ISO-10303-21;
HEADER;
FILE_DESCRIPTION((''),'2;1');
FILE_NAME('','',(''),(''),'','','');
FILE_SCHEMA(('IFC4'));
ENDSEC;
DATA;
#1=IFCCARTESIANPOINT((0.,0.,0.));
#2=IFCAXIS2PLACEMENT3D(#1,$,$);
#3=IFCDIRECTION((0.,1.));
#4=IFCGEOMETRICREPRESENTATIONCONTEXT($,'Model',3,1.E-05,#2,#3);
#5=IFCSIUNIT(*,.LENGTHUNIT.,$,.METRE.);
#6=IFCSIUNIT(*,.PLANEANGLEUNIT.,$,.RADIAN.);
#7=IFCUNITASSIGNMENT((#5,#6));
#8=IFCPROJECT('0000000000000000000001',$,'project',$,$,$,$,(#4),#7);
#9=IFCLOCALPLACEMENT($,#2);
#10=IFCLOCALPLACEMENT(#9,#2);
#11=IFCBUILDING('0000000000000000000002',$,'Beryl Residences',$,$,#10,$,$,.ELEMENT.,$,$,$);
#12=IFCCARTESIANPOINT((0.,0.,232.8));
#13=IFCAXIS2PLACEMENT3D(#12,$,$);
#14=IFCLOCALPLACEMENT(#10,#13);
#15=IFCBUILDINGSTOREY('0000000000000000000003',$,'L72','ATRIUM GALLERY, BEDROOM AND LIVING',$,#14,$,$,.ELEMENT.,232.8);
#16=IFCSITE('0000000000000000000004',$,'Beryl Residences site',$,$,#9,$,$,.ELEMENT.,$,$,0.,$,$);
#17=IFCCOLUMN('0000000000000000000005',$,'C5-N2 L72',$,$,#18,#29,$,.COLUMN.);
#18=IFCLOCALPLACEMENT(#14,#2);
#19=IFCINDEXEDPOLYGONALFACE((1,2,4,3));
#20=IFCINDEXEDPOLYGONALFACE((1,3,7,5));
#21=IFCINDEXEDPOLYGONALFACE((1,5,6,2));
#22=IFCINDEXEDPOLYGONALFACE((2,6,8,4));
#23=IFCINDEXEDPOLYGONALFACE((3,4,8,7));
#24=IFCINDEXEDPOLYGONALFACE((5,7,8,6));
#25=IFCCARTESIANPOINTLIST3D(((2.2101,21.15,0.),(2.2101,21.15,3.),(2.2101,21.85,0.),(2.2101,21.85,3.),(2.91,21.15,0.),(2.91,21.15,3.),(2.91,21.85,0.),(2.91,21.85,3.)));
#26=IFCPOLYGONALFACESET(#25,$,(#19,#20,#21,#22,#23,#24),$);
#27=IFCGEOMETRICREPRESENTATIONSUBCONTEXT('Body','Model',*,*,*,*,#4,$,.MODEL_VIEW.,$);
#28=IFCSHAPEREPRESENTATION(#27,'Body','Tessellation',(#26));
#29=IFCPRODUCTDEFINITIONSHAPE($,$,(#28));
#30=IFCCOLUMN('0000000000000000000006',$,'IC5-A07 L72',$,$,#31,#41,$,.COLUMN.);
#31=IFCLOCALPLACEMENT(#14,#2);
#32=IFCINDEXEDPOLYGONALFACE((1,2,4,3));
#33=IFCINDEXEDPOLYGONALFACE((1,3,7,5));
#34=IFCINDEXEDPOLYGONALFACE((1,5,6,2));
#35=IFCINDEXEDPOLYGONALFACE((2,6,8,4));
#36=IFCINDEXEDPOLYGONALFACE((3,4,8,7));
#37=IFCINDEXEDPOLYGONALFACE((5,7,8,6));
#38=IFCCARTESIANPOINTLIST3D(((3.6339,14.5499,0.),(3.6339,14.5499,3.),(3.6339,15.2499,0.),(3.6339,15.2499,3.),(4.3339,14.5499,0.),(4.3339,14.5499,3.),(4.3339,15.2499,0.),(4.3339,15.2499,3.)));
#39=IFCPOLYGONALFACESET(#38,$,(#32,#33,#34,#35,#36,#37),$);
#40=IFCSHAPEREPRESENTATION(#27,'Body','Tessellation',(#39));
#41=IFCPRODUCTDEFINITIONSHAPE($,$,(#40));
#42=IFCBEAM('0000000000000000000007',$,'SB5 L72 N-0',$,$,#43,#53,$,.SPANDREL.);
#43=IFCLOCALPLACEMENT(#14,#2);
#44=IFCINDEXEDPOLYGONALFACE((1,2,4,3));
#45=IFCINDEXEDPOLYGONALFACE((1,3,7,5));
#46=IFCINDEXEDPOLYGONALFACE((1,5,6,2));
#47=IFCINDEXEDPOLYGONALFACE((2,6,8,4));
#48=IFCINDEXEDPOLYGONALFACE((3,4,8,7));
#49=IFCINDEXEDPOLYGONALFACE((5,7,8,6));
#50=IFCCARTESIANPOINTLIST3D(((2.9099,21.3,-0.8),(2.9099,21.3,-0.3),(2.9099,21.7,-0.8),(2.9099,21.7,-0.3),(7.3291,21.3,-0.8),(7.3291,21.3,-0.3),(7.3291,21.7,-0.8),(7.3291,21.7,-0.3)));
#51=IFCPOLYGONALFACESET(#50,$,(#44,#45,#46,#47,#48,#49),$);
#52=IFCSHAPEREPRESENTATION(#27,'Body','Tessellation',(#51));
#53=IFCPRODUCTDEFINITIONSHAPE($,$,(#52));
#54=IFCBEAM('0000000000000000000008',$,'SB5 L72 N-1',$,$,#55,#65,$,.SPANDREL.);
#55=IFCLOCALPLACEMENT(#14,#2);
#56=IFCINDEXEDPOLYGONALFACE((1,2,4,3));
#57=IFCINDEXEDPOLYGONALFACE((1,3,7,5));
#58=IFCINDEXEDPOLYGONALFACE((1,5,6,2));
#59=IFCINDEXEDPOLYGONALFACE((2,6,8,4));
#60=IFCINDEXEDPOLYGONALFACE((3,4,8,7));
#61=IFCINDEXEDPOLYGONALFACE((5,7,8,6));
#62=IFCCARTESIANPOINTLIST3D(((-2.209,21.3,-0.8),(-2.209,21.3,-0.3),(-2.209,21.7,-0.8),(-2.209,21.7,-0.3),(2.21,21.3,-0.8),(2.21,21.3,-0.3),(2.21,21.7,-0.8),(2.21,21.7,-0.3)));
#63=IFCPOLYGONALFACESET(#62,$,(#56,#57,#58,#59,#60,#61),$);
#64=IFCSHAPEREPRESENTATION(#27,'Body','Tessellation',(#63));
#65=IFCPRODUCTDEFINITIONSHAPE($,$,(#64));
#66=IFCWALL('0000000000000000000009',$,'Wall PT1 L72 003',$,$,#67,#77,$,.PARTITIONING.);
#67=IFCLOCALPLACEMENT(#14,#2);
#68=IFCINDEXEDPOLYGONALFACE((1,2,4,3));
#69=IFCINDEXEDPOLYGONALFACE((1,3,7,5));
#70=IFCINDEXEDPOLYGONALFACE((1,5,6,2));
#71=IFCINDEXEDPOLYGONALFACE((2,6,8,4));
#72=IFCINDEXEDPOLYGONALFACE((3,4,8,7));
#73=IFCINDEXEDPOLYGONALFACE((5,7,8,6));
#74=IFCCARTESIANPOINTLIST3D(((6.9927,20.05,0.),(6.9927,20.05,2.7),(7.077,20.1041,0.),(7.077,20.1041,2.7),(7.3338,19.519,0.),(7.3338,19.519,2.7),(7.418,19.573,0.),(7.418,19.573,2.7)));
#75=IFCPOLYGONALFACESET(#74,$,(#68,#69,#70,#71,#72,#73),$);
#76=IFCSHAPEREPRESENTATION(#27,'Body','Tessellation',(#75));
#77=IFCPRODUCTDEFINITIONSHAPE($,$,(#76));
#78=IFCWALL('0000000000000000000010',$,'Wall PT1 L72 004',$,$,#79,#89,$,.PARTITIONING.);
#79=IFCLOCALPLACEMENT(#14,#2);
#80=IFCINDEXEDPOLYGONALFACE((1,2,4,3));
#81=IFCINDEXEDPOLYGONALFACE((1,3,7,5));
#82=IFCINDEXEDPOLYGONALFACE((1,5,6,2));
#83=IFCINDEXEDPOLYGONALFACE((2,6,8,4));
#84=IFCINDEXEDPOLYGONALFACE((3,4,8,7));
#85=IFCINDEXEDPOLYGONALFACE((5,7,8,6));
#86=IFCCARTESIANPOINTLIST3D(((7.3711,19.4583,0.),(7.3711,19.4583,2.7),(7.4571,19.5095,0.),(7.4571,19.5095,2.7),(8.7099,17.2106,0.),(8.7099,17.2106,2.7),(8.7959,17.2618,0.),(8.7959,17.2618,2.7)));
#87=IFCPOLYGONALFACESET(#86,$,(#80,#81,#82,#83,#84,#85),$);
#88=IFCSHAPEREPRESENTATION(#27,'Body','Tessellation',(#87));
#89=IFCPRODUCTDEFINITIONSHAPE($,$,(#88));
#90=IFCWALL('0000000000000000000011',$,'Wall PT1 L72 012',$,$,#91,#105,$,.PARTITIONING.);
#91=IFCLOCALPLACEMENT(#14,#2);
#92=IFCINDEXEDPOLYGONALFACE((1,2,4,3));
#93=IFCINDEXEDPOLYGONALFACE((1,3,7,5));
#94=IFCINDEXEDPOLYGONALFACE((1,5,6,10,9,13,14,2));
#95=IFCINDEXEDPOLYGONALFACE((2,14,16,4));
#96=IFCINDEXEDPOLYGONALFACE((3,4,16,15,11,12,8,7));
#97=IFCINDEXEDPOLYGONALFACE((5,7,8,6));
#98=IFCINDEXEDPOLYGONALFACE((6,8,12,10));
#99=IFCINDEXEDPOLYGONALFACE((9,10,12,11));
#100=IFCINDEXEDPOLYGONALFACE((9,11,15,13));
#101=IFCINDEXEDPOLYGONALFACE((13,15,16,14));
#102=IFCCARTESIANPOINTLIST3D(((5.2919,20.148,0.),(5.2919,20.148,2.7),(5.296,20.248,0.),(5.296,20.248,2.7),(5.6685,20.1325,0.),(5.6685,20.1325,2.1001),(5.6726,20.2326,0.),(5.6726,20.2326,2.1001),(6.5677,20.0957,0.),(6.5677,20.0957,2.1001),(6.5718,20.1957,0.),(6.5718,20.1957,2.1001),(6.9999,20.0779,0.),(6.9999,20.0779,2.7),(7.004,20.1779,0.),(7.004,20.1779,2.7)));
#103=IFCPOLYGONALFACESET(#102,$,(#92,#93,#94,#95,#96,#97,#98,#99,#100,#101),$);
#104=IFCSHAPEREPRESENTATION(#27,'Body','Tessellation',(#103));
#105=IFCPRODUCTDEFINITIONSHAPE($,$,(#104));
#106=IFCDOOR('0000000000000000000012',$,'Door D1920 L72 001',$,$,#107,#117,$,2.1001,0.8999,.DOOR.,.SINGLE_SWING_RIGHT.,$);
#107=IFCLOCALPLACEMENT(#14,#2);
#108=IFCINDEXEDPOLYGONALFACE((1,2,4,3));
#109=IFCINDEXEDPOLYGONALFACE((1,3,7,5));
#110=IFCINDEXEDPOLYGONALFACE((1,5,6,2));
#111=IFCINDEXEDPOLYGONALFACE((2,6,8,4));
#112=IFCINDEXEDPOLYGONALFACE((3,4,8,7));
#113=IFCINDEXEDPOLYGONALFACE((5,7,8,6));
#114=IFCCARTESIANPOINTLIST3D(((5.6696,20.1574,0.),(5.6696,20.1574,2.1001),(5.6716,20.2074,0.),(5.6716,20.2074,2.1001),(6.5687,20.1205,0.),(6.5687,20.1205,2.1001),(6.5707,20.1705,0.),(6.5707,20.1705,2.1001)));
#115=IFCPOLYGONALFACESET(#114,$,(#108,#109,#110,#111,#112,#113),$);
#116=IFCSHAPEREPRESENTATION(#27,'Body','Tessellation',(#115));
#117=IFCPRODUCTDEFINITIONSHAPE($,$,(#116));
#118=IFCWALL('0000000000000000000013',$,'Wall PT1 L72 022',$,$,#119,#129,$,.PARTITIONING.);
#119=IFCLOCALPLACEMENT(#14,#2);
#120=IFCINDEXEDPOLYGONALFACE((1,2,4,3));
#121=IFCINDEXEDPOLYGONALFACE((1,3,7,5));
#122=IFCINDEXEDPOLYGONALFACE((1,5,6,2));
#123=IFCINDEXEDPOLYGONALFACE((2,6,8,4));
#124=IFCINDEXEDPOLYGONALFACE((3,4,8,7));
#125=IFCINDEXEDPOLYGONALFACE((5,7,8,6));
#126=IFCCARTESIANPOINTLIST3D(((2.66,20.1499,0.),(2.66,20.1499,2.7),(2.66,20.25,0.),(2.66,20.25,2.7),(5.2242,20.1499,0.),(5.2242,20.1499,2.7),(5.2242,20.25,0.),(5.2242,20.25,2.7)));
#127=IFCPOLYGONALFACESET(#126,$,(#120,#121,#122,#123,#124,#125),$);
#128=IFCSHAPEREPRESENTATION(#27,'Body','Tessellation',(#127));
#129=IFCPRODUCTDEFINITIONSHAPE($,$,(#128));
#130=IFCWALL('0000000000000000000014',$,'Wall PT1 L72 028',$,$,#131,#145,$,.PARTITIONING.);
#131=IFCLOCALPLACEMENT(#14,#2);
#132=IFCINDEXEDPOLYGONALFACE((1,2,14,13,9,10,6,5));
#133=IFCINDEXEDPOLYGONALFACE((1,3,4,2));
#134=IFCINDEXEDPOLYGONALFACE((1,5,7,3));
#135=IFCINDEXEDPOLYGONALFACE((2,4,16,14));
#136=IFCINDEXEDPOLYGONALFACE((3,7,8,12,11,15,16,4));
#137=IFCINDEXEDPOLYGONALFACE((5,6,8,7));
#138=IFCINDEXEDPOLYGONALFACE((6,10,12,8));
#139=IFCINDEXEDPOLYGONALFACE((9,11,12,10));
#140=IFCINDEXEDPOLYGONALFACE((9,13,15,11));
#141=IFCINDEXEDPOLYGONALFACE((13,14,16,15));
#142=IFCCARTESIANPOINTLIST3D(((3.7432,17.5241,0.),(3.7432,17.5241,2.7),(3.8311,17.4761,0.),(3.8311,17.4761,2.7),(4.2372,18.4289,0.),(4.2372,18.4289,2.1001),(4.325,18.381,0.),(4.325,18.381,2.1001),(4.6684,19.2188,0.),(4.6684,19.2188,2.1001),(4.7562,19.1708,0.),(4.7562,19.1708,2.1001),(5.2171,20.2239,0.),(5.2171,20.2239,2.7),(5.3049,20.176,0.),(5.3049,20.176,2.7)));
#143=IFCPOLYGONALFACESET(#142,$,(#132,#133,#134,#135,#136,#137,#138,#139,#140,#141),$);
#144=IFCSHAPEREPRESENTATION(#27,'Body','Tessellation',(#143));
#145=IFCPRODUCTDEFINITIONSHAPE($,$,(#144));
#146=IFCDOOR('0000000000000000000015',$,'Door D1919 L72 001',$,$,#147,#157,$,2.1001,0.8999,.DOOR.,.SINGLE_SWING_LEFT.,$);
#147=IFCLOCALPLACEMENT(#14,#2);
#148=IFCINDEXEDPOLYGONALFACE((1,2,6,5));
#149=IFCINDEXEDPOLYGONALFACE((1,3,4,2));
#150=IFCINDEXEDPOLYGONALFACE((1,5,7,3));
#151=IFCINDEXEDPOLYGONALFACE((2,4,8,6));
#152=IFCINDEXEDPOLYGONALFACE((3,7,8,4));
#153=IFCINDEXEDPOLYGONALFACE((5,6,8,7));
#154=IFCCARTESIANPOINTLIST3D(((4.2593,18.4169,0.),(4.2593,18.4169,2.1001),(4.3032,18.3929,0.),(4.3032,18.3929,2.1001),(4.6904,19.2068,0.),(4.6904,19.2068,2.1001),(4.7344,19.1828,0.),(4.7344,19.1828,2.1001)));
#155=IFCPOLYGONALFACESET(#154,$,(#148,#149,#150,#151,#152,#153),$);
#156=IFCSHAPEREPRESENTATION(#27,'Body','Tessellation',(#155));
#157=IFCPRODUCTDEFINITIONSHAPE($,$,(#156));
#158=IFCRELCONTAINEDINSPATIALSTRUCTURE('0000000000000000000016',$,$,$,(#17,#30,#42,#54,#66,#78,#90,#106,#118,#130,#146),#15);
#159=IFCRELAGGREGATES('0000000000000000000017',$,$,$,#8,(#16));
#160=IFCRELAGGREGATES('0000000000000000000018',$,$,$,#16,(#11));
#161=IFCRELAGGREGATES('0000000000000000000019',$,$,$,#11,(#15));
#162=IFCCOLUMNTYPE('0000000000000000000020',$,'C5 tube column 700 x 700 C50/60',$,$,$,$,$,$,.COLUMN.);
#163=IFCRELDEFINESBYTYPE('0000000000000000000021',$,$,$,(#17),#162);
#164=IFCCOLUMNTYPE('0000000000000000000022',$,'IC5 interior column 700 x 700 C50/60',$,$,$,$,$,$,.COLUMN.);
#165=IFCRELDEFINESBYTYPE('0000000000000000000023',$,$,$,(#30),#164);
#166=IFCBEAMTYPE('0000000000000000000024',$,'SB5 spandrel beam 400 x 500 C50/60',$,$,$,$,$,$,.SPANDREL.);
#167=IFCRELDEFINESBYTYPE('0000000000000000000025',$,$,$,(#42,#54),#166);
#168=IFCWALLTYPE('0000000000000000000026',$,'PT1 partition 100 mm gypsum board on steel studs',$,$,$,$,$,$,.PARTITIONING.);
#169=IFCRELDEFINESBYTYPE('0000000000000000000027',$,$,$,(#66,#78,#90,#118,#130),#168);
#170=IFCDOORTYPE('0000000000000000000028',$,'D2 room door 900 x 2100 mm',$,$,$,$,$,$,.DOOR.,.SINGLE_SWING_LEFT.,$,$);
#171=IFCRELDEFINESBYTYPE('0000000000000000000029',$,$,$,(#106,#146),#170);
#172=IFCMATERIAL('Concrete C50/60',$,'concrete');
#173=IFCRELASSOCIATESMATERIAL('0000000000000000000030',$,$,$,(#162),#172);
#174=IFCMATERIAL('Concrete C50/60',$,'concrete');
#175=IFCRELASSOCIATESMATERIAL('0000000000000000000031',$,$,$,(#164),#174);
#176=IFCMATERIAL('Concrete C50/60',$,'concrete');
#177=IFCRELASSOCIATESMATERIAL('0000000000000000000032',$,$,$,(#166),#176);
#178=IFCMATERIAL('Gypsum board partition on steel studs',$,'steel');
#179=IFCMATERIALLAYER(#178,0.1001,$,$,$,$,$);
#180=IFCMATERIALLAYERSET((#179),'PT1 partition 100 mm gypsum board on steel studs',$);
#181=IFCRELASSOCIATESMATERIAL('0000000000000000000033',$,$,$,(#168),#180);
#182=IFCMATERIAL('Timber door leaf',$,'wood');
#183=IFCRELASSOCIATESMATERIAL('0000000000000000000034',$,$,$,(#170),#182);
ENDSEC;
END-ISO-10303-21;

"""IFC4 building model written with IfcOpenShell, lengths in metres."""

from ifc_helpers import new_model, si_unit, direction, frame, frame_2d, origin, origin_2d, place, context, subcontext, project, spatial, rectangle, extrude, material, layer, layer_set, material_profile, profile_set, type_object, element, fill, save


model = new_model("IFC4")

# Units and contexts
model_context = context("Model", 3, precision=1e-05, world=origin(), true_north=direction((0.0, 1.0)))
body_context = subcontext(model_context, "Body", "Model", "MODEL_VIEW")
ifc_project = project(units=[si_unit("LENGTHUNIT", "METRE"), si_unit("PLANEANGLEUNIT", "RADIAN")], contexts=[model_context])

# Site, building, storey
site_placement = place(None, origin())
site = spatial("IfcSite", under=ifc_project, at=site_placement, Name="Beryl Residences site", CompositionType="ELEMENT", RefElevation=0.0)
building_placement = place(site_placement, origin())
building = spatial("IfcBuilding", under=site, at=building_placement, Name="Beryl Residences", CompositionType="ELEMENT")
storey_placement = place(building_placement, frame((0.0, 0.0, 232.8)))
storey = spatial("IfcBuildingStorey", under=building, at=storey_placement, Name="L72", Description="ATRIUM GALLERY, BEDROOM AND LIVING", CompositionType="ELEMENT", Elevation=232.8)

# Columns
ifc_material_1 = material(Name="Concrete C50/60", Category="concrete")
ifc_material_profile_1 = material_profile(ifc_material_1, rectangle(XDim=0.7, YDim=0.7, at=origin_2d()))
ifc_profile_set_1 = profile_set([ifc_material_profile_1], Name="Concrete C50/60")
column_type_1 = type_object("IfcColumnType", Name="C5 tube column 700 x 700 C50/60", PredefinedType="COLUMN", material=ifc_profile_set_1)
column_1_placement = place(storey_placement, frame((2.5601, 21.5, 0.0), z_axis=(0.0, 0.0, 1.0), x_axis=(-1.0, 0.0, 0.0)))
element("IfcColumn", 1, at=column_1_placement, inside=storey, type_object=column_type_1, Name="C5-N2 L72", PredefinedType="COLUMN", context=body_context, shape_type="SweptSolid", body=[
    extrude(rectangle(XDim=0.7, YDim=0.7, at=origin_2d()), origin(), (0.0, 0.0, 1.0), 3.0),
])
ifc_material_2 = material(Name="Concrete C50/60", Category="concrete")
ifc_material_profile_2 = material_profile(ifc_material_2, rectangle(XDim=0.7, YDim=0.7, at=origin_2d()))
ifc_profile_set_2 = profile_set([ifc_material_profile_2], Name="Concrete C50/60")
column_type_2 = type_object("IfcColumnType", Name="IC5 interior column 700 x 700 C50/60", PredefinedType="COLUMN", material=ifc_profile_set_2)
column_2_placement = place(storey_placement, frame((3.9839, 14.8999, 0.0), z_axis=(0.0, 0.0, 1.0), x_axis=(1.0, 0.0, 0.0)))
element("IfcColumn", 2, at=column_2_placement, inside=storey, type_object=column_type_2, Name="IC5-A07 L72", PredefinedType="COLUMN", context=body_context, shape_type="SweptSolid", body=[
    extrude(rectangle(XDim=0.7, YDim=0.7, at=origin_2d()), origin(), (0.0, 0.0, 1.0), 3.0),
])

# Beams
ifc_material_3 = material(Name="Concrete C50/60", Category="concrete")
ifc_material_profile_3 = material_profile(ifc_material_3, rectangle(XDim=0.3999, YDim=0.5, at=origin_2d()))
ifc_profile_set_3 = profile_set([ifc_material_profile_3], Name="Concrete C50/60")
beam_type = type_object("IfcBeamType", Name="SB5 spandrel beam 400 x 500 C50/60", PredefinedType="SPANDREL", material=ifc_profile_set_3)
beam_1_placement = place(storey_placement, frame((7.3291, 21.5, -0.55), z_axis=(-1.0, 0.0, 0.0), x_axis=(0.0, -1.0, 0.0)))
element("IfcBeam", 3, at=beam_1_placement, inside=storey, type_object=beam_type, Name="SB5 L72 N-0", PredefinedType="SPANDREL", context=body_context, shape_type="SweptSolid", body=[
    extrude(rectangle(XDim=0.3999, YDim=0.5, at=origin_2d()), origin(), (0.0, 0.0, 1.0), 4.4192),
])
beam_2_placement = place(storey_placement, frame((2.21, 21.5, -0.55), z_axis=(-1.0, 0.0, 0.0), x_axis=(0.0, -1.0, 0.0)))
element("IfcBeam", 4, at=beam_2_placement, inside=storey, type_object=beam_type, Name="SB5 L72 N-1", PredefinedType="SPANDREL", context=body_context, shape_type="SweptSolid", body=[
    extrude(rectangle(XDim=0.3999, YDim=0.5, at=origin_2d()), origin(), (0.0, 0.0, 1.0), 4.4189),
])

# Walls
ifc_material_4 = material(Name="Gypsum board partition on steel studs", Category="steel")
ifc_layer_1 = layer(ifc_material_4, 0.1001)
ifc_layer_set_1 = layer_set([ifc_layer_1], Name="PT1 partition 100 mm gypsum board on steel studs")
wall_type_1 = type_object("IfcWallType", Name="PT1 partition 100 mm gypsum board on steel studs", PredefinedType="PARTITIONING", material=ifc_layer_set_1)
wall_1_placement = place(storey_placement, frame((7.0349, 20.0769, 0.0), z_axis=(0.0, 0.0, 1.0), x_axis=(0.540425, -0.841392, 0.0)))
element("IfcWall", 5, at=wall_1_placement, inside=storey, type_object=wall_type_1, Name="Wall PT1 L72 003", PredefinedType="PARTITIONING", context=body_context, shape_type="SweptSolid", body=[
    extrude(rectangle(XDim=0.6311, YDim=0.1001, at=frame_2d((0.3154, 0.0))), origin(), (0.0, 0.0, 1.0), 2.7),
])
wall_2_placement = place(storey_placement, frame((7.4141, 19.4839, 0.0), z_axis=(0.0, 0.0, 1.0), x_axis=(0.511735, -0.859143, 0.0)))
element("IfcWall", 6, at=wall_2_placement, inside=storey, type_object=wall_type_1, Name="Wall PT1 L72 004", PredefinedType="PARTITIONING", context=body_context, shape_type="SweptSolid", body=[
    extrude(rectangle(XDim=2.6162, YDim=0.1001, at=frame_2d((1.3081, 0.0))), origin(), (0.0, 0.0, 1.0), 2.7),
])

# Wall, opening, door
wall_3_placement = place(storey_placement, frame((5.2939, 20.198, 0.0), z_axis=(0.0, 0.0, 1.0), x_axis=(0.99916, -0.040989, 0.0)))
wall_3 = element("IfcWall", 7, at=wall_3_placement, inside=storey, type_object=wall_type_1, Name="Wall PT1 L72 012", PredefinedType="PARTITIONING", context=body_context, shape_type="SweptSolid", body=[
    extrude(rectangle(XDim=1.7095, YDim=0.1001, at=frame_2d((0.8547, 0.0))), origin(), (0.0, 0.0, 1.0), 2.7),
])
opening_1_placement = place(wall_3_placement, frame((0.377, 0.0, 0.0)))
opening_1 = element("IfcOpeningElement", 8, at=opening_1_placement, cuts=wall_3, PredefinedType="OPENING", context=body_context, shape_type="SweptSolid", body=[
    extrude(rectangle(XDim=0.8999, YDim=2.1001, at=frame_2d((0.45, 1.05))), frame((0.0, 0.0601, 0.0), z_axis=(0.0, -1.0, 0.0), x_axis=(1.0, 0.0, 0.0)), (0.0, 0.0, 1.0), 0.1201),
])
ifc_material_5 = material(Name="Timber door leaf", Category="wood")
door_type_1 = type_object("IfcDoorType", Name="D2 room door 900 x 2100 mm", OperationType="SINGLE_SWING_LEFT", PredefinedType="DOOR", material=ifc_material_5)
door_1_placement = place(opening_1_placement, origin())
door_1 = element("IfcDoor", 9, at=door_1_placement, inside=storey, type_object=door_type_1, Name="Door D1920 L72 001", OperationType="SINGLE_SWING_RIGHT", OverallHeight=2.1001, OverallWidth=0.8999, PredefinedType="DOOR", context=body_context, shape_type="SweptSolid", body=[
    extrude(rectangle(XDim=0.8999, YDim=2.1001, at=frame_2d((0.45, 1.05))), frame((0.0, 0.0249, 0.0), z_axis=(0.0, -1.0, 0.0), x_axis=(1.0, 0.0, 0.0)), (0.0, 0.0, 1.0), 0.05),
])
fill(opening_1, door_1)

# Wall
wall_4_placement = place(storey_placement, frame((2.6599, 20.2, 0.0), z_axis=(0.0, 0.0, 1.0), x_axis=(1.0, 0.0, 0.0)))
element("IfcWall", 10, at=wall_4_placement, inside=storey, type_object=wall_type_1, Name="Wall PT1 L72 022", PredefinedType="PARTITIONING", context=body_context, shape_type="SweptSolid", body=[
    extrude(rectangle(XDim=2.5642, YDim=0.1001, at=frame_2d((1.2822, 0.0))), origin(), (0.0, 0.0, 1.0), 2.7),
])

# Wall, opening, door
wall_5_placement = place(storey_placement, frame((3.7871, 17.5, 0.0), z_axis=(0.0, 0.0, 1.0), x_axis=(0.479147, 0.877735, 0.0)))
wall_5 = element("IfcWall", 11, at=wall_5_placement, inside=storey, type_object=wall_type_1, Name="Wall PT1 L72 028", PredefinedType="PARTITIONING", context=body_context, shape_type="SweptSolid", body=[
    extrude(rectangle(XDim=3.0759, YDim=0.1001, at=frame_2d((1.5381, 0.0))), origin(), (0.0, 0.0, 1.0), 2.7),
])
opening_2_placement = place(wall_5_placement, frame((1.031, 0.0, 0.0)))
opening_2 = element("IfcOpeningElement", 12, at=opening_2_placement, cuts=wall_5, PredefinedType="OPENING", context=body_context, shape_type="SweptSolid", body=[
    extrude(rectangle(XDim=0.8999, YDim=2.1001, at=frame_2d((0.45, 1.05))), frame((0.0, 0.0601, 0.0), z_axis=(0.0, -1.0, 0.0), x_axis=(1.0, 0.0, 0.0)), (0.0, 0.0, 1.0), 0.1201),
])
door_2_placement = place(opening_2_placement, origin())
door_2 = element("IfcDoor", 13, at=door_2_placement, inside=storey, type_object=door_type_1, Name="Door D1919 L72 001", OperationType="SINGLE_SWING_LEFT", OverallHeight=2.1001, OverallWidth=0.8999, PredefinedType="DOOR", context=body_context, shape_type="SweptSolid", body=[
    extrude(rectangle(XDim=0.8999, YDim=2.1001, at=frame_2d((0.45, 1.05))), frame((0.0, 0.0249, 0.0), z_axis=(0.0, -1.0, 0.0), x_axis=(1.0, 0.0, 0.0)), (0.0, 0.0, 1.0), 0.05),
])
fill(opening_2, door_2)

save(model, "model.ifc")
